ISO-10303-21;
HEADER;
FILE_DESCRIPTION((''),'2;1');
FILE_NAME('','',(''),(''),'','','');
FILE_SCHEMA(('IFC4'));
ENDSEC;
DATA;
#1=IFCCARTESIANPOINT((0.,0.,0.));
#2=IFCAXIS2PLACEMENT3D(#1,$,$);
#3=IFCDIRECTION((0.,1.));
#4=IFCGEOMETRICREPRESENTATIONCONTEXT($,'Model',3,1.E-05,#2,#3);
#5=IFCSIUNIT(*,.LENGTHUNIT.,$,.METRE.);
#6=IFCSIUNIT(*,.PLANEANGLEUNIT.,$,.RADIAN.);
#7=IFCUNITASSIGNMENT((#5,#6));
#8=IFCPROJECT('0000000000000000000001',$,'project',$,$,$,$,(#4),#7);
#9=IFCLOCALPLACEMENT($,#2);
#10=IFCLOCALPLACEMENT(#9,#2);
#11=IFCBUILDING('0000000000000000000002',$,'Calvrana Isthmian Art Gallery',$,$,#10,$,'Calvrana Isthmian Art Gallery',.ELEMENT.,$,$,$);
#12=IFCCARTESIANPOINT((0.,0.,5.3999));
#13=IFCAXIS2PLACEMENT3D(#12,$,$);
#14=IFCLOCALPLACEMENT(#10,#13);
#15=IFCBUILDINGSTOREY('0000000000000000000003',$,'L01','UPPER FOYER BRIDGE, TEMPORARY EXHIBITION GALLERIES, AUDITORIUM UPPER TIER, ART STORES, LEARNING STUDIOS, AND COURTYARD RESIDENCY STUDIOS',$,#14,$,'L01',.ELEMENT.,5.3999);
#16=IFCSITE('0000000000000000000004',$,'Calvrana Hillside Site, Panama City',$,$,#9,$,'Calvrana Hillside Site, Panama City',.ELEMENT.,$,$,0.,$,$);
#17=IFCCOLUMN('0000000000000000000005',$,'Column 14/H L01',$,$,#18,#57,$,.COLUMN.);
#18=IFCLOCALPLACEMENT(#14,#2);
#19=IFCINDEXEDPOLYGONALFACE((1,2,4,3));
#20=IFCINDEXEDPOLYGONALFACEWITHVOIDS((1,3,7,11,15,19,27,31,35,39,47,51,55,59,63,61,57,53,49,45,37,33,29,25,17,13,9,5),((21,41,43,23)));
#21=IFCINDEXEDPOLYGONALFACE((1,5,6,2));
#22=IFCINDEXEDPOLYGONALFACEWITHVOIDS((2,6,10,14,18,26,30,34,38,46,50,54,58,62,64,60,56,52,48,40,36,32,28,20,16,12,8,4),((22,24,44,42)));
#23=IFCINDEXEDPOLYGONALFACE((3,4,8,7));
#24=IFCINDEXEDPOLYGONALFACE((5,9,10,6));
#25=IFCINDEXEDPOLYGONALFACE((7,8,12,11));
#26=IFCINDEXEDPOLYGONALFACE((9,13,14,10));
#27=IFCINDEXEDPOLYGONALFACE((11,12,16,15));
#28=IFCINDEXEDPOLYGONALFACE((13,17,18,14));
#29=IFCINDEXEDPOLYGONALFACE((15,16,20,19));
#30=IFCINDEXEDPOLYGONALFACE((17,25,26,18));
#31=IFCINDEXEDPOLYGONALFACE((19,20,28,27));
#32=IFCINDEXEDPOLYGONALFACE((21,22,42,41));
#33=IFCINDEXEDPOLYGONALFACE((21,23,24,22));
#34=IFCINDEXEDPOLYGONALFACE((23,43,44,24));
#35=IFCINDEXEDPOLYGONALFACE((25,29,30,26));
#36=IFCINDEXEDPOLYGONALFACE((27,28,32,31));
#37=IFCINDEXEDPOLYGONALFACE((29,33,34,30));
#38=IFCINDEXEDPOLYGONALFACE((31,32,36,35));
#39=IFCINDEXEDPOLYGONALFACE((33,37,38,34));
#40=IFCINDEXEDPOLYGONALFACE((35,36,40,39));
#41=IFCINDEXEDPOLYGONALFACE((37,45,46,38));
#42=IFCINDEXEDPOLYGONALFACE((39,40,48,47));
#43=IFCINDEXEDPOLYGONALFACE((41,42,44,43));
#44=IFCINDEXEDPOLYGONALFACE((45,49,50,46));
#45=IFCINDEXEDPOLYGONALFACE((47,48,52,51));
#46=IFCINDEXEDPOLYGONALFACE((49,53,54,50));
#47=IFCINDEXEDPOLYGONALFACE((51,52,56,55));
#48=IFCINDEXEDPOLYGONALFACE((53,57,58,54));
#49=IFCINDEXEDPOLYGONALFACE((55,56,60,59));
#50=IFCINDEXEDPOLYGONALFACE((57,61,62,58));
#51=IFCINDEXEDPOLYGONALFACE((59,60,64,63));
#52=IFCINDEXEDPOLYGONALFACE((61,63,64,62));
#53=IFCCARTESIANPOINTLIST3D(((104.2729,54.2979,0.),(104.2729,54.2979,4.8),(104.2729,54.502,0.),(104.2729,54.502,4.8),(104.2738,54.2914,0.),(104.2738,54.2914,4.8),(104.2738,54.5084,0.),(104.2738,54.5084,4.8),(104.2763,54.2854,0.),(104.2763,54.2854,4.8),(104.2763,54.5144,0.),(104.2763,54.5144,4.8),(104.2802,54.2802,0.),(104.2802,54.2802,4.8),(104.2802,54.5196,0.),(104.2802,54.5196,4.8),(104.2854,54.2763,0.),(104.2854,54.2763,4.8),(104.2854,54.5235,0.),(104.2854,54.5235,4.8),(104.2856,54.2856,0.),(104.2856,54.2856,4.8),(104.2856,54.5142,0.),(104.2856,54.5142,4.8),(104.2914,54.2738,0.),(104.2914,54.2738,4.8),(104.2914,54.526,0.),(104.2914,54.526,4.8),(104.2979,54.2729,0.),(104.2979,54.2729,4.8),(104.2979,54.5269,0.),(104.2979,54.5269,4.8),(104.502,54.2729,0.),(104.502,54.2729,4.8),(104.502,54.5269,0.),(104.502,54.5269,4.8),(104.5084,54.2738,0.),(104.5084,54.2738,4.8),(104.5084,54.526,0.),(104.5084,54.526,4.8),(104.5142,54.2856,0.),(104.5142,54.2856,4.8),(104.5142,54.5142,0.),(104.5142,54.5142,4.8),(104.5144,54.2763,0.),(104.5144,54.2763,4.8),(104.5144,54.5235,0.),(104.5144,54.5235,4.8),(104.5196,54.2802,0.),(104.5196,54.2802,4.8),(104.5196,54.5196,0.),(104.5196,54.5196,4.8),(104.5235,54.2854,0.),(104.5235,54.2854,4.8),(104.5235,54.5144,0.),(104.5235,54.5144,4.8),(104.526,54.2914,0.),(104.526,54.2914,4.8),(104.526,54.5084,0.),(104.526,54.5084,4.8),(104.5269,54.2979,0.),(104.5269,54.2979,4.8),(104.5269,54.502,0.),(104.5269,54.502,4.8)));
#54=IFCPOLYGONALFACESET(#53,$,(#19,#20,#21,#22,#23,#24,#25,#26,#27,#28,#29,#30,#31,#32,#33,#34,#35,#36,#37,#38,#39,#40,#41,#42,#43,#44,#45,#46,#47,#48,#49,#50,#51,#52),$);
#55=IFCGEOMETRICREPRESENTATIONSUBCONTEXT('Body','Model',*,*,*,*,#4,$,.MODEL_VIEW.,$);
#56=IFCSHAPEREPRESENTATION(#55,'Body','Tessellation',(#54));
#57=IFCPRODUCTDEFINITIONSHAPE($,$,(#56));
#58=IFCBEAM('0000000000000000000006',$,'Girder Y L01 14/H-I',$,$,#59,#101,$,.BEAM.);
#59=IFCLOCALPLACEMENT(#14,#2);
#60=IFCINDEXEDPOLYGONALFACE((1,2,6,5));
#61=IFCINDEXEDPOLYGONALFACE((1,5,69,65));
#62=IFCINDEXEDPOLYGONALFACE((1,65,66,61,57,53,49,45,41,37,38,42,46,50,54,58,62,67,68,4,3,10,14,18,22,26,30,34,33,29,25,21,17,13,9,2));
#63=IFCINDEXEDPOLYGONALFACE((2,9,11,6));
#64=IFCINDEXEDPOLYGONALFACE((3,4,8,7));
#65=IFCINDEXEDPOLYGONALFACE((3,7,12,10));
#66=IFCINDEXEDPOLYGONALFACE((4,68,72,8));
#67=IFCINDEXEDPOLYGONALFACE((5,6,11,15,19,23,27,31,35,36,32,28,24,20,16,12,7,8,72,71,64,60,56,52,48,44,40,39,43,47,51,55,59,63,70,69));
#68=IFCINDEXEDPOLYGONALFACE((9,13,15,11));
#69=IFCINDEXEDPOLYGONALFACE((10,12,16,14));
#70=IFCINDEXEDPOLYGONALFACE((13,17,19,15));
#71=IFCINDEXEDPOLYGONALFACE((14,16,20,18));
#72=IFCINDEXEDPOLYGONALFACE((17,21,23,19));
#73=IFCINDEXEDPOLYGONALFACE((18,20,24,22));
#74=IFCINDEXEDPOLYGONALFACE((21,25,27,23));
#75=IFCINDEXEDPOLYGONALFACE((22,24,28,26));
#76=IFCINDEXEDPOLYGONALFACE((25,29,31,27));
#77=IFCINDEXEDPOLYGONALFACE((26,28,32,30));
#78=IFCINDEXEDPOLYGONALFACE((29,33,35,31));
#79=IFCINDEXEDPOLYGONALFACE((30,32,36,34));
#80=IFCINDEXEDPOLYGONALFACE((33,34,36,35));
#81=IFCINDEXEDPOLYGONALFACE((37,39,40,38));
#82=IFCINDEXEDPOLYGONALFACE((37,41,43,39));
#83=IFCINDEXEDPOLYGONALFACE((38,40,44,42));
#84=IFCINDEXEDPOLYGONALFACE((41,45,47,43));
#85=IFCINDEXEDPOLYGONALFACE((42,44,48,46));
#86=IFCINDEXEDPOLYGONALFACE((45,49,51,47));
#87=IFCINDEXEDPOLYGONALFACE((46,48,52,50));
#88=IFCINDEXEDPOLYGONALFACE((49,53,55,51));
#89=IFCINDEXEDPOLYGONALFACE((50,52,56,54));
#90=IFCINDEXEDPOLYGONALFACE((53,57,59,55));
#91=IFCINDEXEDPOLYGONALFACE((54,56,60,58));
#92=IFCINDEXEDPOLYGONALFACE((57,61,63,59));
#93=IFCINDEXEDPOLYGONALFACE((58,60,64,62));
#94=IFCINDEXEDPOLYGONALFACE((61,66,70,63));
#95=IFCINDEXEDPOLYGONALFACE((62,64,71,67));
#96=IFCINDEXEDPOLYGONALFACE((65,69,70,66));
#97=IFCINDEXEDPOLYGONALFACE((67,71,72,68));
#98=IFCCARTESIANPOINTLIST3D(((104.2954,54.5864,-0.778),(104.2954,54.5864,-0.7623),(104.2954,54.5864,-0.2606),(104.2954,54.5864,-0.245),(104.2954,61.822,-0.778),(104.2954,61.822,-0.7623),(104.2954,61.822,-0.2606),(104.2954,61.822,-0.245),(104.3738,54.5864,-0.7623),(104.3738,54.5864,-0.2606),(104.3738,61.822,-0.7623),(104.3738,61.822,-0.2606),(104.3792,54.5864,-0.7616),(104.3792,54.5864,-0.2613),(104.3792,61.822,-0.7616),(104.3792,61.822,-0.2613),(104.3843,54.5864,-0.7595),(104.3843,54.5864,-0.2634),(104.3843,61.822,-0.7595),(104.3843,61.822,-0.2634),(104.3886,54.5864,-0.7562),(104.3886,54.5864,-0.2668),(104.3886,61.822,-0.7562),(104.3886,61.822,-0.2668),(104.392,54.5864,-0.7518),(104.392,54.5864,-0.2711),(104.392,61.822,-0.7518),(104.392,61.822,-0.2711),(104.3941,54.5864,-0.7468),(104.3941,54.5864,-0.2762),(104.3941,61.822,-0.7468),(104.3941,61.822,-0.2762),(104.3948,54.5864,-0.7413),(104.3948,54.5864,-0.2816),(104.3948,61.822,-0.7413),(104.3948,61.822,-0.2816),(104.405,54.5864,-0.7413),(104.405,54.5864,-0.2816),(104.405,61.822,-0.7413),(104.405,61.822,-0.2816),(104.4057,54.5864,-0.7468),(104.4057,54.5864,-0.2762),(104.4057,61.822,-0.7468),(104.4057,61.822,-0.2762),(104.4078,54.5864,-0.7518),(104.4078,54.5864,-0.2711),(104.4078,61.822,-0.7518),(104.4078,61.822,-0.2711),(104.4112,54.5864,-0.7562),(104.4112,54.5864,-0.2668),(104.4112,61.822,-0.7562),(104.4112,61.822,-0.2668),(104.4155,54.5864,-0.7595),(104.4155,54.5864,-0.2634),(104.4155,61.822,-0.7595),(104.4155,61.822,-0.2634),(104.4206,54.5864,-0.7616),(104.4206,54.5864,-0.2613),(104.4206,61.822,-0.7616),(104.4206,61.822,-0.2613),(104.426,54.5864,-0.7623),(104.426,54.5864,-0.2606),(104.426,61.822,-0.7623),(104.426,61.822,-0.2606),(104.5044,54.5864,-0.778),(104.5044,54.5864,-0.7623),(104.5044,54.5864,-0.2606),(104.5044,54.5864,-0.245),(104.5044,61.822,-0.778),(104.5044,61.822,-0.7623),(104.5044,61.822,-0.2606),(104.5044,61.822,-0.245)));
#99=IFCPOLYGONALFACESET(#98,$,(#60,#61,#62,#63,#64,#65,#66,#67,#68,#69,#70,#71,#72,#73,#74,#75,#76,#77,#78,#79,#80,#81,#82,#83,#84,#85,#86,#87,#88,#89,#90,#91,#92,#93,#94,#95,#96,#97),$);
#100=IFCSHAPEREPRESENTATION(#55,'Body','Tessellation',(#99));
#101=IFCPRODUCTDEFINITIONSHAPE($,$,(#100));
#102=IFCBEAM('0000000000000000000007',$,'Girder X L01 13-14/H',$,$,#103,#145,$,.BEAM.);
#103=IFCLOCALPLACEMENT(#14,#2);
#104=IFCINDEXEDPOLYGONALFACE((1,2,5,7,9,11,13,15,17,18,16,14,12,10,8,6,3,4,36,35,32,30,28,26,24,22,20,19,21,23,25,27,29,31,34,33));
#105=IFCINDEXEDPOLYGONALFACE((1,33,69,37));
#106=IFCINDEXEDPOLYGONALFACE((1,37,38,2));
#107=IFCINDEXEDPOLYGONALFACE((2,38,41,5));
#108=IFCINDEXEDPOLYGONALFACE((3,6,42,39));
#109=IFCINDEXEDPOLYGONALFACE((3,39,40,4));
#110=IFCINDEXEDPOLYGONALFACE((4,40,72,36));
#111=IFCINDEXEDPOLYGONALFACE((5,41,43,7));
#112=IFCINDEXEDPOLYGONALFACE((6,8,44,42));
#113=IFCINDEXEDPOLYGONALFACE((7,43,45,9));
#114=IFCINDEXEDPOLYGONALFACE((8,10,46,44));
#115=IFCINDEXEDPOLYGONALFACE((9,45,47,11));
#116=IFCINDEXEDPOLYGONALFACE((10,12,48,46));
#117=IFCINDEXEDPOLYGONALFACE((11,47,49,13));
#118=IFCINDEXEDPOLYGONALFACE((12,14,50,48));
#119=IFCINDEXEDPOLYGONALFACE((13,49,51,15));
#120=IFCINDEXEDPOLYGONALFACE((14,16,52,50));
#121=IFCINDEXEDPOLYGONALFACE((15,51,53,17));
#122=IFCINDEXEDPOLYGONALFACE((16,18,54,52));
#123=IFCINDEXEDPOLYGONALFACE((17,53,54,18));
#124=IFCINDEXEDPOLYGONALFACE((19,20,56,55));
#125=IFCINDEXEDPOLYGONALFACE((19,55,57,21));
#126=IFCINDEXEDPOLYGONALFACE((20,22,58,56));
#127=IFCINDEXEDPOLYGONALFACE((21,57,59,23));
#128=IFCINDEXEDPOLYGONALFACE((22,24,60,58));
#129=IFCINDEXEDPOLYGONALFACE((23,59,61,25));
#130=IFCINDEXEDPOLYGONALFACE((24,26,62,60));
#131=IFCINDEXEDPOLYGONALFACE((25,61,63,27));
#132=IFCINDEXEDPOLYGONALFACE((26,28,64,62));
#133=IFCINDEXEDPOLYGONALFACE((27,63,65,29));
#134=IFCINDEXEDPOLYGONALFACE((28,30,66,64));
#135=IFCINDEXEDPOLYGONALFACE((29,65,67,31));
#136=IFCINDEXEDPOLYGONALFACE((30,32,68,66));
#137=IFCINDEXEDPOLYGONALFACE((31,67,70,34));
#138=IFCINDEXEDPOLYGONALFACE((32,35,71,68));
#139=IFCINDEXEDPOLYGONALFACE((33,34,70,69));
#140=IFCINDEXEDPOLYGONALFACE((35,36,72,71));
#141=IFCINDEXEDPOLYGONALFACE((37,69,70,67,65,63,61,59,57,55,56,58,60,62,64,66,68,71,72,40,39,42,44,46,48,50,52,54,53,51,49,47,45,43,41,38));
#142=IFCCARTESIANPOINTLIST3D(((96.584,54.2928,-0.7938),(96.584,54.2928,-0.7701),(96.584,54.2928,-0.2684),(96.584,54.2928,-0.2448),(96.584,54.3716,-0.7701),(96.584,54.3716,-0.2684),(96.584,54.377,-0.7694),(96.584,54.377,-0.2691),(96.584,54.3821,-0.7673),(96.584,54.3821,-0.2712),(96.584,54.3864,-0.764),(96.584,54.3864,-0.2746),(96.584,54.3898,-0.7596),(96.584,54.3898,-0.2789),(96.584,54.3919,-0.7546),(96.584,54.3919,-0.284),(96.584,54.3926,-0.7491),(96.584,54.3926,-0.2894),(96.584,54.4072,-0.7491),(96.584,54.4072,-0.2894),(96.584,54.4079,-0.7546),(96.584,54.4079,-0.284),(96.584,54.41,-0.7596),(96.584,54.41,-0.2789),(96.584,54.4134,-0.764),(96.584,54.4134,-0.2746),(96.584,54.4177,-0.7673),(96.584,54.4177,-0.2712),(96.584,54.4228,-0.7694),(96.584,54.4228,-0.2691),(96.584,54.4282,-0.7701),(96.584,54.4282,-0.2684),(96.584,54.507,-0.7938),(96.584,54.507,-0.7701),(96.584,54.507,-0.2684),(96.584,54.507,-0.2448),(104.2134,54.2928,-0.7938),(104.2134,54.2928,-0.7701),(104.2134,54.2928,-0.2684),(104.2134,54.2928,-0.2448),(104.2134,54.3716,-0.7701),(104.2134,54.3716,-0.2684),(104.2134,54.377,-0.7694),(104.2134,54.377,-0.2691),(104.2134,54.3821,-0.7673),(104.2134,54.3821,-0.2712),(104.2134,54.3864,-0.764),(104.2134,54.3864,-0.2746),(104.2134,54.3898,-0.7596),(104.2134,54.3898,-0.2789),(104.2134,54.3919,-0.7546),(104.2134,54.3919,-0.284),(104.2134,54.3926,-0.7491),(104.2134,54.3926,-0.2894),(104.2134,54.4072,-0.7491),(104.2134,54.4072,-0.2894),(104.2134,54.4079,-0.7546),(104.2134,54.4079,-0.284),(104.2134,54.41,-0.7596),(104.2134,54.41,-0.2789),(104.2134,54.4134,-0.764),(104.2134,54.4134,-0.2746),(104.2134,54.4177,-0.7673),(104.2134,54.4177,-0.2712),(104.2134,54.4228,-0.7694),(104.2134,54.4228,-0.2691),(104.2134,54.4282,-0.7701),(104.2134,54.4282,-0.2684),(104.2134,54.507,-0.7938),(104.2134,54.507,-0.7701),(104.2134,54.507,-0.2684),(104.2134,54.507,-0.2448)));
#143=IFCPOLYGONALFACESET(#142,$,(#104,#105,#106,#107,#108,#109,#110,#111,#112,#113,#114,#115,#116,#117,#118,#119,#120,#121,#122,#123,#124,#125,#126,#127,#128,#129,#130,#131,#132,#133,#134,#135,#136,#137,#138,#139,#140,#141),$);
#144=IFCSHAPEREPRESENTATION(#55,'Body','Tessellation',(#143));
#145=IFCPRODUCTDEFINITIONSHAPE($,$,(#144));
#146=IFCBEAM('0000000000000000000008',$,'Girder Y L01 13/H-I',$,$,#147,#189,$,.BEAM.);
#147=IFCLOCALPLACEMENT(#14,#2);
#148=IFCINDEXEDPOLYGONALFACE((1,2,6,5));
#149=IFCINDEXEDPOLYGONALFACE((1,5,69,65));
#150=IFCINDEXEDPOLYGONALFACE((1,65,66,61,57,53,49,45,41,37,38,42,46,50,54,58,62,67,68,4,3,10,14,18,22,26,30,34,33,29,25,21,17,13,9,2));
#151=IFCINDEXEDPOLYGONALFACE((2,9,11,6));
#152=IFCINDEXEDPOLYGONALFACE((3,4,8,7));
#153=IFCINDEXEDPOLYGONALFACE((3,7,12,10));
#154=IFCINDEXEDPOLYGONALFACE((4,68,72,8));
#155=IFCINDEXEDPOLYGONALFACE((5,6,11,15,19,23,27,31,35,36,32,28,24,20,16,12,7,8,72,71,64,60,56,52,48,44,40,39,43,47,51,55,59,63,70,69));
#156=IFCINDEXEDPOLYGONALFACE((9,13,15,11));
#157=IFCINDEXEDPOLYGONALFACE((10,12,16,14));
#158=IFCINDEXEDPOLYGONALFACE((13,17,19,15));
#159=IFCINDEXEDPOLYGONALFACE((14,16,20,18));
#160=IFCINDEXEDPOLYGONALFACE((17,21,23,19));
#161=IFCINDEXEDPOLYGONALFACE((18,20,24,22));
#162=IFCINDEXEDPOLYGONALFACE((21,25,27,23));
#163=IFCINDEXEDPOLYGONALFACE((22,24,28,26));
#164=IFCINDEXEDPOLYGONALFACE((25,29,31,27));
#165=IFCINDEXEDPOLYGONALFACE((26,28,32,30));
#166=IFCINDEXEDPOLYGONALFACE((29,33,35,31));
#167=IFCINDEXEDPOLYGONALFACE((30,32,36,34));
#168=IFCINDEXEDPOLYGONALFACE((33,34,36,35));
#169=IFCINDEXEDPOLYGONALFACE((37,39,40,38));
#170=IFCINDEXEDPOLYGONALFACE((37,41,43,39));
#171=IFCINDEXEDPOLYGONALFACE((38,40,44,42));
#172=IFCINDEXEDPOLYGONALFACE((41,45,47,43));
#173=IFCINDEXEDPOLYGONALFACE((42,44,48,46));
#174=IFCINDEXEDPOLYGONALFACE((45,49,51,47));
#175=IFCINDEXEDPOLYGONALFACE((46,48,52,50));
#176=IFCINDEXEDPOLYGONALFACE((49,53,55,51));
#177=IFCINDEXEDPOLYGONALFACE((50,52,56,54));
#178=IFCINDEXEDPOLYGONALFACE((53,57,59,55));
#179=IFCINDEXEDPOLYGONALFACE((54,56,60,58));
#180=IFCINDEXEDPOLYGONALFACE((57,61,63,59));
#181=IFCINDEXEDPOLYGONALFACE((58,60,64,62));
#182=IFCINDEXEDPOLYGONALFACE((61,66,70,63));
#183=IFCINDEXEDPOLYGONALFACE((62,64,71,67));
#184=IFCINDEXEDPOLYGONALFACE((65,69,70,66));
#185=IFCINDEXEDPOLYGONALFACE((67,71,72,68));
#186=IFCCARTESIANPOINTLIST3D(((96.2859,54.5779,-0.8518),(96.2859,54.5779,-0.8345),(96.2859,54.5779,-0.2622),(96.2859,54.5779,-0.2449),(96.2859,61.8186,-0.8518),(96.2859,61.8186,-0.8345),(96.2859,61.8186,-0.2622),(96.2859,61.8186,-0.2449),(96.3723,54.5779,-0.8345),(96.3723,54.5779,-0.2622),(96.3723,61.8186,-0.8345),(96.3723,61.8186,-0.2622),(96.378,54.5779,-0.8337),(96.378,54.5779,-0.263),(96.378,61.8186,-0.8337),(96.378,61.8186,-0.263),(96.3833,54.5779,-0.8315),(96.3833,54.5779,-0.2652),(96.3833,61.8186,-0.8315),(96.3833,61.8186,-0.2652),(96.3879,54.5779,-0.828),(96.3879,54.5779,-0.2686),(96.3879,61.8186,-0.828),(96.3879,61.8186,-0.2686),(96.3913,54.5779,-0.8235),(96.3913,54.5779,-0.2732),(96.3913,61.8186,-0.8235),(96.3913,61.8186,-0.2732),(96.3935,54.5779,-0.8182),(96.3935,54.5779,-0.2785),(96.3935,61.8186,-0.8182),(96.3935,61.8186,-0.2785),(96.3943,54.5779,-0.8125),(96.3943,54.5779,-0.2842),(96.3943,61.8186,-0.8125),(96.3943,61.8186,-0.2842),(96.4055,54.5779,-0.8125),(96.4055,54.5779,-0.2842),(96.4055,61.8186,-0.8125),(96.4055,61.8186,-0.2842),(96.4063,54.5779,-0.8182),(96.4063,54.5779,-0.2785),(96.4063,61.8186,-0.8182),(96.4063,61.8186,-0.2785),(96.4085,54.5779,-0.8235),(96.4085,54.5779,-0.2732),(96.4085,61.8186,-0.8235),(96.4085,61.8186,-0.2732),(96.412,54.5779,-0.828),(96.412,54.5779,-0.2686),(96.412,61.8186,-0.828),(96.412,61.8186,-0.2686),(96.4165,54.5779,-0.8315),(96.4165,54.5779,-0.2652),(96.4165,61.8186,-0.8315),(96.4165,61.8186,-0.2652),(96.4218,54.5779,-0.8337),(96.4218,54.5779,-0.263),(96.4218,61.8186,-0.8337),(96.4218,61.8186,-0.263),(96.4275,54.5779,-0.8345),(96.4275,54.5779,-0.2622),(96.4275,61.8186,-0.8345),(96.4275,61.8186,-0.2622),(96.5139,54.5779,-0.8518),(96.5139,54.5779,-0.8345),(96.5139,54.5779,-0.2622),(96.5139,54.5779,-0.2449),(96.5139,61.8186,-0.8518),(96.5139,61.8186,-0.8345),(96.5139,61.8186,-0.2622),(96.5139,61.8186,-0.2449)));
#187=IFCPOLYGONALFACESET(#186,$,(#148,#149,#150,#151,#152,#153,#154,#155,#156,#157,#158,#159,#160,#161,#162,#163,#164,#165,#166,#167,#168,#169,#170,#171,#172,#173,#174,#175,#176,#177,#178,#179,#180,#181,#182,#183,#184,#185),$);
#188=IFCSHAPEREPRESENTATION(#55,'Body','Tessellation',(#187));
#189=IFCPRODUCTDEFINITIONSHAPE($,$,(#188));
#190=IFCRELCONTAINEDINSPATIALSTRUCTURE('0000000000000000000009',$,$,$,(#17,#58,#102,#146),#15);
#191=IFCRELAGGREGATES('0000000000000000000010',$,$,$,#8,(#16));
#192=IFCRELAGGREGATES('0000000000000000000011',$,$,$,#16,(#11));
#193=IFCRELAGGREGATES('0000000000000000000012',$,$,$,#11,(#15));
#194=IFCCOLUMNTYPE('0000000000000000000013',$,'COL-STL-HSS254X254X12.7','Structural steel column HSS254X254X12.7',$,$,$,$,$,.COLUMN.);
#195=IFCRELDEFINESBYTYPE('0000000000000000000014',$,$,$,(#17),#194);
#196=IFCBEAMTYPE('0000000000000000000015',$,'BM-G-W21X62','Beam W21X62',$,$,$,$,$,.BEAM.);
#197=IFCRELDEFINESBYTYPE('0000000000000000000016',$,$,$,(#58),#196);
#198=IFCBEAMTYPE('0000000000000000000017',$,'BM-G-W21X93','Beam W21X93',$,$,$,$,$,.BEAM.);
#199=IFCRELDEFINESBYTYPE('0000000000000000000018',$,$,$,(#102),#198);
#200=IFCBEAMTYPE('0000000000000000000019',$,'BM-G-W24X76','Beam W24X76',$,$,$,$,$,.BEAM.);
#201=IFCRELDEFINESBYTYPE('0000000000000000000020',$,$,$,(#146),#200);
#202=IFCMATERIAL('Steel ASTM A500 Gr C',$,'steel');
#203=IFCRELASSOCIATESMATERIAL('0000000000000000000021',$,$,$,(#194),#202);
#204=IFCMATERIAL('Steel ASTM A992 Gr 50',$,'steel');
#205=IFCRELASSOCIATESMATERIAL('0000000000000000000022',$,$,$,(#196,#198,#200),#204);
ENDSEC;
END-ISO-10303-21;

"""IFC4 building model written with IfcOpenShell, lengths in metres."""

from ifc_helpers import new_model, si_unit, direction, frame, origin, origin_2d, place, context, subcontext, project, spatial, hollow_rectangle, i_section, extrude, material, material_profile, profile_set, type_object, element, save


model = new_model("IFC4")

# Units and contexts
model_context = context("Model", 3, precision=1e-05, world=origin(), true_north=direction((0.0, 1.0)))
body_context = subcontext(model_context, "Body", "Model", "MODEL_VIEW")
ifc_project = project(units=[si_unit("LENGTHUNIT", "METRE"), si_unit("PLANEANGLEUNIT", "RADIAN")], contexts=[model_context])

# Site, building, storey
site_placement = place(None, origin())
site = spatial("IfcSite", under=ifc_project, at=site_placement, Name="Calvrana Hillside Site, Panama City", LongName="Calvrana Hillside Site, Panama City", CompositionType="ELEMENT", RefElevation=0.0)
building_placement = place(site_placement, origin())
building = spatial("IfcBuilding", under=site, at=building_placement, Name="Calvrana Isthmian Art Gallery", LongName="Calvrana Isthmian Art Gallery", CompositionType="ELEMENT")
storey_placement = place(building_placement, frame((0.0, 0.0, 5.3999)))
storey = spatial("IfcBuildingStorey", under=building, at=storey_placement, Name="L01", Description="UPPER FOYER BRIDGE, TEMPORARY EXHIBITION GALLERIES, AUDITORIUM UPPER TIER, ART STORES, LEARNING STUDIOS, AND COURTYARD RESIDENCY STUDIOS", LongName="L01", CompositionType="ELEMENT", Elevation=5.3999)

# Column
ifc_material_1 = material(Name="Steel ASTM A500 Gr C", Category="steel")
ifc_material_profile_1 = material_profile(ifc_material_1, hollow_rectangle(XDim=0.2539, YDim=0.2539, WallThickness=0.0127, OuterFilletRadius=0.0249, at=origin_2d()), Name="HSS254X254X12.7")
ifc_profile_set_1 = profile_set([ifc_material_profile_1], Name="Steel ASTM A500 Gr C")
column_type = type_object("IfcColumnType", Name="COL-STL-HSS254X254X12.7", Description="Structural steel column HSS254X254X12.7", PredefinedType="COLUMN", material=ifc_profile_set_1)
column_placement = place(storey_placement, frame((104.3999, 54.3999, 0.0), z_axis=(0.0, 0.0, 1.0), x_axis=(1.0, 0.0, 0.0)))
element("IfcColumn", 1, at=column_placement, inside=storey, type_object=column_type, Name="Column 14/H L01", PredefinedType="COLUMN", context=body_context, shape_type="SweptSolid", body=[
    extrude(hollow_rectangle(XDim=0.2539, YDim=0.2539, WallThickness=0.0127, OuterFilletRadius=0.0249, at=origin_2d()), origin(), (0.0, 0.0, 1.0), 4.8),
])

# Beams
ifc_material_2 = material(Name="Steel ASTM A992 Gr 50", Category="steel")
ifc_material_profile_2 = material_profile(ifc_material_2, i_section(OverallWidth=0.209, OverallDepth=0.533, WebThickness=0.0103, FlangeThickness=0.0156, FilletRadius=0.021, at=origin_2d()), Name="W21X62")
ifc_profile_set_2 = profile_set([ifc_material_profile_2], Name="Steel ASTM A992 Gr 50")
beam_type_1 = type_object("IfcBeamType", Name="BM-G-W21X62", Description="Beam W21X62", PredefinedType="BEAM", material=ifc_profile_set_2)
beam_1_placement = place(storey_placement, frame((104.3999, 54.5864, -0.5115), z_axis=(0.0, 1.0, 0.0), x_axis=(-1.0, 0.0, 0.0)))
element("IfcBeam", 2, at=beam_1_placement, inside=storey, type_object=beam_type_1, Name="Girder Y L01 14/H-I", PredefinedType="BEAM", context=body_context, shape_type="SweptSolid", body=[
    extrude(i_section(OverallWidth=0.209, OverallDepth=0.533, WebThickness=0.0103, FlangeThickness=0.0156, FilletRadius=0.021, at=origin_2d()), origin(), (0.0, 0.0, 1.0), 7.2356),
])
ifc_material_profile_3 = material_profile(ifc_material_2, i_section(OverallWidth=0.2141, OverallDepth=0.5491, WebThickness=0.0146, FlangeThickness=0.0237, FilletRadius=0.021, at=origin_2d()), Name="W21X93")
ifc_profile_set_3 = profile_set([ifc_material_profile_3], Name="Steel ASTM A992 Gr 50")
beam_type_2 = type_object("IfcBeamType", Name="BM-G-W21X93", Description="Beam W21X93", PredefinedType="BEAM", material=ifc_profile_set_3)
beam_2_placement = place(storey_placement, frame((96.584, 54.3999, -0.5193), z_axis=(1.0, 0.0, 0.0), x_axis=(0.0, 1.0, 0.0)))
element("IfcBeam", 3, at=beam_2_placement, inside=storey, type_object=beam_type_2, Name="Girder X L01 13-14/H", PredefinedType="BEAM", context=body_context, shape_type="SweptSolid", body=[
    extrude(i_section(OverallWidth=0.2141, OverallDepth=0.5491, WebThickness=0.0146, FlangeThickness=0.0237, FilletRadius=0.021, at=origin_2d()), origin(), (0.0, 0.0, 1.0), 7.6294),
])
ifc_material_profile_4 = material_profile(ifc_material_2, i_section(OverallWidth=0.228, OverallDepth=0.6069, WebThickness=0.0112, FlangeThickness=0.0173, FilletRadius=0.022, at=origin_2d()), Name="W24X76")
ifc_profile_set_4 = profile_set([ifc_material_profile_4], Name="Steel ASTM A992 Gr 50")
beam_type_3 = type_object("IfcBeamType", Name="BM-G-W24X76", Description="Beam W24X76", PredefinedType="BEAM", material=ifc_profile_set_4)
beam_3_placement = place(storey_placement, frame((96.3999, 54.5779, -0.5483), z_axis=(0.0, 1.0, 0.0), x_axis=(-1.0, 0.0, 0.0)))
element("IfcBeam", 4, at=beam_3_placement, inside=storey, type_object=beam_type_3, Name="Girder Y L01 13/H-I", PredefinedType="BEAM", context=body_context, shape_type="SweptSolid", body=[
    extrude(i_section(OverallWidth=0.228, OverallDepth=0.6069, WebThickness=0.0112, FlangeThickness=0.0173, FilletRadius=0.022, at=origin_2d()), origin(), (0.0, 0.0, 1.0), 7.2407),
])

save(model, "model.ifc")
